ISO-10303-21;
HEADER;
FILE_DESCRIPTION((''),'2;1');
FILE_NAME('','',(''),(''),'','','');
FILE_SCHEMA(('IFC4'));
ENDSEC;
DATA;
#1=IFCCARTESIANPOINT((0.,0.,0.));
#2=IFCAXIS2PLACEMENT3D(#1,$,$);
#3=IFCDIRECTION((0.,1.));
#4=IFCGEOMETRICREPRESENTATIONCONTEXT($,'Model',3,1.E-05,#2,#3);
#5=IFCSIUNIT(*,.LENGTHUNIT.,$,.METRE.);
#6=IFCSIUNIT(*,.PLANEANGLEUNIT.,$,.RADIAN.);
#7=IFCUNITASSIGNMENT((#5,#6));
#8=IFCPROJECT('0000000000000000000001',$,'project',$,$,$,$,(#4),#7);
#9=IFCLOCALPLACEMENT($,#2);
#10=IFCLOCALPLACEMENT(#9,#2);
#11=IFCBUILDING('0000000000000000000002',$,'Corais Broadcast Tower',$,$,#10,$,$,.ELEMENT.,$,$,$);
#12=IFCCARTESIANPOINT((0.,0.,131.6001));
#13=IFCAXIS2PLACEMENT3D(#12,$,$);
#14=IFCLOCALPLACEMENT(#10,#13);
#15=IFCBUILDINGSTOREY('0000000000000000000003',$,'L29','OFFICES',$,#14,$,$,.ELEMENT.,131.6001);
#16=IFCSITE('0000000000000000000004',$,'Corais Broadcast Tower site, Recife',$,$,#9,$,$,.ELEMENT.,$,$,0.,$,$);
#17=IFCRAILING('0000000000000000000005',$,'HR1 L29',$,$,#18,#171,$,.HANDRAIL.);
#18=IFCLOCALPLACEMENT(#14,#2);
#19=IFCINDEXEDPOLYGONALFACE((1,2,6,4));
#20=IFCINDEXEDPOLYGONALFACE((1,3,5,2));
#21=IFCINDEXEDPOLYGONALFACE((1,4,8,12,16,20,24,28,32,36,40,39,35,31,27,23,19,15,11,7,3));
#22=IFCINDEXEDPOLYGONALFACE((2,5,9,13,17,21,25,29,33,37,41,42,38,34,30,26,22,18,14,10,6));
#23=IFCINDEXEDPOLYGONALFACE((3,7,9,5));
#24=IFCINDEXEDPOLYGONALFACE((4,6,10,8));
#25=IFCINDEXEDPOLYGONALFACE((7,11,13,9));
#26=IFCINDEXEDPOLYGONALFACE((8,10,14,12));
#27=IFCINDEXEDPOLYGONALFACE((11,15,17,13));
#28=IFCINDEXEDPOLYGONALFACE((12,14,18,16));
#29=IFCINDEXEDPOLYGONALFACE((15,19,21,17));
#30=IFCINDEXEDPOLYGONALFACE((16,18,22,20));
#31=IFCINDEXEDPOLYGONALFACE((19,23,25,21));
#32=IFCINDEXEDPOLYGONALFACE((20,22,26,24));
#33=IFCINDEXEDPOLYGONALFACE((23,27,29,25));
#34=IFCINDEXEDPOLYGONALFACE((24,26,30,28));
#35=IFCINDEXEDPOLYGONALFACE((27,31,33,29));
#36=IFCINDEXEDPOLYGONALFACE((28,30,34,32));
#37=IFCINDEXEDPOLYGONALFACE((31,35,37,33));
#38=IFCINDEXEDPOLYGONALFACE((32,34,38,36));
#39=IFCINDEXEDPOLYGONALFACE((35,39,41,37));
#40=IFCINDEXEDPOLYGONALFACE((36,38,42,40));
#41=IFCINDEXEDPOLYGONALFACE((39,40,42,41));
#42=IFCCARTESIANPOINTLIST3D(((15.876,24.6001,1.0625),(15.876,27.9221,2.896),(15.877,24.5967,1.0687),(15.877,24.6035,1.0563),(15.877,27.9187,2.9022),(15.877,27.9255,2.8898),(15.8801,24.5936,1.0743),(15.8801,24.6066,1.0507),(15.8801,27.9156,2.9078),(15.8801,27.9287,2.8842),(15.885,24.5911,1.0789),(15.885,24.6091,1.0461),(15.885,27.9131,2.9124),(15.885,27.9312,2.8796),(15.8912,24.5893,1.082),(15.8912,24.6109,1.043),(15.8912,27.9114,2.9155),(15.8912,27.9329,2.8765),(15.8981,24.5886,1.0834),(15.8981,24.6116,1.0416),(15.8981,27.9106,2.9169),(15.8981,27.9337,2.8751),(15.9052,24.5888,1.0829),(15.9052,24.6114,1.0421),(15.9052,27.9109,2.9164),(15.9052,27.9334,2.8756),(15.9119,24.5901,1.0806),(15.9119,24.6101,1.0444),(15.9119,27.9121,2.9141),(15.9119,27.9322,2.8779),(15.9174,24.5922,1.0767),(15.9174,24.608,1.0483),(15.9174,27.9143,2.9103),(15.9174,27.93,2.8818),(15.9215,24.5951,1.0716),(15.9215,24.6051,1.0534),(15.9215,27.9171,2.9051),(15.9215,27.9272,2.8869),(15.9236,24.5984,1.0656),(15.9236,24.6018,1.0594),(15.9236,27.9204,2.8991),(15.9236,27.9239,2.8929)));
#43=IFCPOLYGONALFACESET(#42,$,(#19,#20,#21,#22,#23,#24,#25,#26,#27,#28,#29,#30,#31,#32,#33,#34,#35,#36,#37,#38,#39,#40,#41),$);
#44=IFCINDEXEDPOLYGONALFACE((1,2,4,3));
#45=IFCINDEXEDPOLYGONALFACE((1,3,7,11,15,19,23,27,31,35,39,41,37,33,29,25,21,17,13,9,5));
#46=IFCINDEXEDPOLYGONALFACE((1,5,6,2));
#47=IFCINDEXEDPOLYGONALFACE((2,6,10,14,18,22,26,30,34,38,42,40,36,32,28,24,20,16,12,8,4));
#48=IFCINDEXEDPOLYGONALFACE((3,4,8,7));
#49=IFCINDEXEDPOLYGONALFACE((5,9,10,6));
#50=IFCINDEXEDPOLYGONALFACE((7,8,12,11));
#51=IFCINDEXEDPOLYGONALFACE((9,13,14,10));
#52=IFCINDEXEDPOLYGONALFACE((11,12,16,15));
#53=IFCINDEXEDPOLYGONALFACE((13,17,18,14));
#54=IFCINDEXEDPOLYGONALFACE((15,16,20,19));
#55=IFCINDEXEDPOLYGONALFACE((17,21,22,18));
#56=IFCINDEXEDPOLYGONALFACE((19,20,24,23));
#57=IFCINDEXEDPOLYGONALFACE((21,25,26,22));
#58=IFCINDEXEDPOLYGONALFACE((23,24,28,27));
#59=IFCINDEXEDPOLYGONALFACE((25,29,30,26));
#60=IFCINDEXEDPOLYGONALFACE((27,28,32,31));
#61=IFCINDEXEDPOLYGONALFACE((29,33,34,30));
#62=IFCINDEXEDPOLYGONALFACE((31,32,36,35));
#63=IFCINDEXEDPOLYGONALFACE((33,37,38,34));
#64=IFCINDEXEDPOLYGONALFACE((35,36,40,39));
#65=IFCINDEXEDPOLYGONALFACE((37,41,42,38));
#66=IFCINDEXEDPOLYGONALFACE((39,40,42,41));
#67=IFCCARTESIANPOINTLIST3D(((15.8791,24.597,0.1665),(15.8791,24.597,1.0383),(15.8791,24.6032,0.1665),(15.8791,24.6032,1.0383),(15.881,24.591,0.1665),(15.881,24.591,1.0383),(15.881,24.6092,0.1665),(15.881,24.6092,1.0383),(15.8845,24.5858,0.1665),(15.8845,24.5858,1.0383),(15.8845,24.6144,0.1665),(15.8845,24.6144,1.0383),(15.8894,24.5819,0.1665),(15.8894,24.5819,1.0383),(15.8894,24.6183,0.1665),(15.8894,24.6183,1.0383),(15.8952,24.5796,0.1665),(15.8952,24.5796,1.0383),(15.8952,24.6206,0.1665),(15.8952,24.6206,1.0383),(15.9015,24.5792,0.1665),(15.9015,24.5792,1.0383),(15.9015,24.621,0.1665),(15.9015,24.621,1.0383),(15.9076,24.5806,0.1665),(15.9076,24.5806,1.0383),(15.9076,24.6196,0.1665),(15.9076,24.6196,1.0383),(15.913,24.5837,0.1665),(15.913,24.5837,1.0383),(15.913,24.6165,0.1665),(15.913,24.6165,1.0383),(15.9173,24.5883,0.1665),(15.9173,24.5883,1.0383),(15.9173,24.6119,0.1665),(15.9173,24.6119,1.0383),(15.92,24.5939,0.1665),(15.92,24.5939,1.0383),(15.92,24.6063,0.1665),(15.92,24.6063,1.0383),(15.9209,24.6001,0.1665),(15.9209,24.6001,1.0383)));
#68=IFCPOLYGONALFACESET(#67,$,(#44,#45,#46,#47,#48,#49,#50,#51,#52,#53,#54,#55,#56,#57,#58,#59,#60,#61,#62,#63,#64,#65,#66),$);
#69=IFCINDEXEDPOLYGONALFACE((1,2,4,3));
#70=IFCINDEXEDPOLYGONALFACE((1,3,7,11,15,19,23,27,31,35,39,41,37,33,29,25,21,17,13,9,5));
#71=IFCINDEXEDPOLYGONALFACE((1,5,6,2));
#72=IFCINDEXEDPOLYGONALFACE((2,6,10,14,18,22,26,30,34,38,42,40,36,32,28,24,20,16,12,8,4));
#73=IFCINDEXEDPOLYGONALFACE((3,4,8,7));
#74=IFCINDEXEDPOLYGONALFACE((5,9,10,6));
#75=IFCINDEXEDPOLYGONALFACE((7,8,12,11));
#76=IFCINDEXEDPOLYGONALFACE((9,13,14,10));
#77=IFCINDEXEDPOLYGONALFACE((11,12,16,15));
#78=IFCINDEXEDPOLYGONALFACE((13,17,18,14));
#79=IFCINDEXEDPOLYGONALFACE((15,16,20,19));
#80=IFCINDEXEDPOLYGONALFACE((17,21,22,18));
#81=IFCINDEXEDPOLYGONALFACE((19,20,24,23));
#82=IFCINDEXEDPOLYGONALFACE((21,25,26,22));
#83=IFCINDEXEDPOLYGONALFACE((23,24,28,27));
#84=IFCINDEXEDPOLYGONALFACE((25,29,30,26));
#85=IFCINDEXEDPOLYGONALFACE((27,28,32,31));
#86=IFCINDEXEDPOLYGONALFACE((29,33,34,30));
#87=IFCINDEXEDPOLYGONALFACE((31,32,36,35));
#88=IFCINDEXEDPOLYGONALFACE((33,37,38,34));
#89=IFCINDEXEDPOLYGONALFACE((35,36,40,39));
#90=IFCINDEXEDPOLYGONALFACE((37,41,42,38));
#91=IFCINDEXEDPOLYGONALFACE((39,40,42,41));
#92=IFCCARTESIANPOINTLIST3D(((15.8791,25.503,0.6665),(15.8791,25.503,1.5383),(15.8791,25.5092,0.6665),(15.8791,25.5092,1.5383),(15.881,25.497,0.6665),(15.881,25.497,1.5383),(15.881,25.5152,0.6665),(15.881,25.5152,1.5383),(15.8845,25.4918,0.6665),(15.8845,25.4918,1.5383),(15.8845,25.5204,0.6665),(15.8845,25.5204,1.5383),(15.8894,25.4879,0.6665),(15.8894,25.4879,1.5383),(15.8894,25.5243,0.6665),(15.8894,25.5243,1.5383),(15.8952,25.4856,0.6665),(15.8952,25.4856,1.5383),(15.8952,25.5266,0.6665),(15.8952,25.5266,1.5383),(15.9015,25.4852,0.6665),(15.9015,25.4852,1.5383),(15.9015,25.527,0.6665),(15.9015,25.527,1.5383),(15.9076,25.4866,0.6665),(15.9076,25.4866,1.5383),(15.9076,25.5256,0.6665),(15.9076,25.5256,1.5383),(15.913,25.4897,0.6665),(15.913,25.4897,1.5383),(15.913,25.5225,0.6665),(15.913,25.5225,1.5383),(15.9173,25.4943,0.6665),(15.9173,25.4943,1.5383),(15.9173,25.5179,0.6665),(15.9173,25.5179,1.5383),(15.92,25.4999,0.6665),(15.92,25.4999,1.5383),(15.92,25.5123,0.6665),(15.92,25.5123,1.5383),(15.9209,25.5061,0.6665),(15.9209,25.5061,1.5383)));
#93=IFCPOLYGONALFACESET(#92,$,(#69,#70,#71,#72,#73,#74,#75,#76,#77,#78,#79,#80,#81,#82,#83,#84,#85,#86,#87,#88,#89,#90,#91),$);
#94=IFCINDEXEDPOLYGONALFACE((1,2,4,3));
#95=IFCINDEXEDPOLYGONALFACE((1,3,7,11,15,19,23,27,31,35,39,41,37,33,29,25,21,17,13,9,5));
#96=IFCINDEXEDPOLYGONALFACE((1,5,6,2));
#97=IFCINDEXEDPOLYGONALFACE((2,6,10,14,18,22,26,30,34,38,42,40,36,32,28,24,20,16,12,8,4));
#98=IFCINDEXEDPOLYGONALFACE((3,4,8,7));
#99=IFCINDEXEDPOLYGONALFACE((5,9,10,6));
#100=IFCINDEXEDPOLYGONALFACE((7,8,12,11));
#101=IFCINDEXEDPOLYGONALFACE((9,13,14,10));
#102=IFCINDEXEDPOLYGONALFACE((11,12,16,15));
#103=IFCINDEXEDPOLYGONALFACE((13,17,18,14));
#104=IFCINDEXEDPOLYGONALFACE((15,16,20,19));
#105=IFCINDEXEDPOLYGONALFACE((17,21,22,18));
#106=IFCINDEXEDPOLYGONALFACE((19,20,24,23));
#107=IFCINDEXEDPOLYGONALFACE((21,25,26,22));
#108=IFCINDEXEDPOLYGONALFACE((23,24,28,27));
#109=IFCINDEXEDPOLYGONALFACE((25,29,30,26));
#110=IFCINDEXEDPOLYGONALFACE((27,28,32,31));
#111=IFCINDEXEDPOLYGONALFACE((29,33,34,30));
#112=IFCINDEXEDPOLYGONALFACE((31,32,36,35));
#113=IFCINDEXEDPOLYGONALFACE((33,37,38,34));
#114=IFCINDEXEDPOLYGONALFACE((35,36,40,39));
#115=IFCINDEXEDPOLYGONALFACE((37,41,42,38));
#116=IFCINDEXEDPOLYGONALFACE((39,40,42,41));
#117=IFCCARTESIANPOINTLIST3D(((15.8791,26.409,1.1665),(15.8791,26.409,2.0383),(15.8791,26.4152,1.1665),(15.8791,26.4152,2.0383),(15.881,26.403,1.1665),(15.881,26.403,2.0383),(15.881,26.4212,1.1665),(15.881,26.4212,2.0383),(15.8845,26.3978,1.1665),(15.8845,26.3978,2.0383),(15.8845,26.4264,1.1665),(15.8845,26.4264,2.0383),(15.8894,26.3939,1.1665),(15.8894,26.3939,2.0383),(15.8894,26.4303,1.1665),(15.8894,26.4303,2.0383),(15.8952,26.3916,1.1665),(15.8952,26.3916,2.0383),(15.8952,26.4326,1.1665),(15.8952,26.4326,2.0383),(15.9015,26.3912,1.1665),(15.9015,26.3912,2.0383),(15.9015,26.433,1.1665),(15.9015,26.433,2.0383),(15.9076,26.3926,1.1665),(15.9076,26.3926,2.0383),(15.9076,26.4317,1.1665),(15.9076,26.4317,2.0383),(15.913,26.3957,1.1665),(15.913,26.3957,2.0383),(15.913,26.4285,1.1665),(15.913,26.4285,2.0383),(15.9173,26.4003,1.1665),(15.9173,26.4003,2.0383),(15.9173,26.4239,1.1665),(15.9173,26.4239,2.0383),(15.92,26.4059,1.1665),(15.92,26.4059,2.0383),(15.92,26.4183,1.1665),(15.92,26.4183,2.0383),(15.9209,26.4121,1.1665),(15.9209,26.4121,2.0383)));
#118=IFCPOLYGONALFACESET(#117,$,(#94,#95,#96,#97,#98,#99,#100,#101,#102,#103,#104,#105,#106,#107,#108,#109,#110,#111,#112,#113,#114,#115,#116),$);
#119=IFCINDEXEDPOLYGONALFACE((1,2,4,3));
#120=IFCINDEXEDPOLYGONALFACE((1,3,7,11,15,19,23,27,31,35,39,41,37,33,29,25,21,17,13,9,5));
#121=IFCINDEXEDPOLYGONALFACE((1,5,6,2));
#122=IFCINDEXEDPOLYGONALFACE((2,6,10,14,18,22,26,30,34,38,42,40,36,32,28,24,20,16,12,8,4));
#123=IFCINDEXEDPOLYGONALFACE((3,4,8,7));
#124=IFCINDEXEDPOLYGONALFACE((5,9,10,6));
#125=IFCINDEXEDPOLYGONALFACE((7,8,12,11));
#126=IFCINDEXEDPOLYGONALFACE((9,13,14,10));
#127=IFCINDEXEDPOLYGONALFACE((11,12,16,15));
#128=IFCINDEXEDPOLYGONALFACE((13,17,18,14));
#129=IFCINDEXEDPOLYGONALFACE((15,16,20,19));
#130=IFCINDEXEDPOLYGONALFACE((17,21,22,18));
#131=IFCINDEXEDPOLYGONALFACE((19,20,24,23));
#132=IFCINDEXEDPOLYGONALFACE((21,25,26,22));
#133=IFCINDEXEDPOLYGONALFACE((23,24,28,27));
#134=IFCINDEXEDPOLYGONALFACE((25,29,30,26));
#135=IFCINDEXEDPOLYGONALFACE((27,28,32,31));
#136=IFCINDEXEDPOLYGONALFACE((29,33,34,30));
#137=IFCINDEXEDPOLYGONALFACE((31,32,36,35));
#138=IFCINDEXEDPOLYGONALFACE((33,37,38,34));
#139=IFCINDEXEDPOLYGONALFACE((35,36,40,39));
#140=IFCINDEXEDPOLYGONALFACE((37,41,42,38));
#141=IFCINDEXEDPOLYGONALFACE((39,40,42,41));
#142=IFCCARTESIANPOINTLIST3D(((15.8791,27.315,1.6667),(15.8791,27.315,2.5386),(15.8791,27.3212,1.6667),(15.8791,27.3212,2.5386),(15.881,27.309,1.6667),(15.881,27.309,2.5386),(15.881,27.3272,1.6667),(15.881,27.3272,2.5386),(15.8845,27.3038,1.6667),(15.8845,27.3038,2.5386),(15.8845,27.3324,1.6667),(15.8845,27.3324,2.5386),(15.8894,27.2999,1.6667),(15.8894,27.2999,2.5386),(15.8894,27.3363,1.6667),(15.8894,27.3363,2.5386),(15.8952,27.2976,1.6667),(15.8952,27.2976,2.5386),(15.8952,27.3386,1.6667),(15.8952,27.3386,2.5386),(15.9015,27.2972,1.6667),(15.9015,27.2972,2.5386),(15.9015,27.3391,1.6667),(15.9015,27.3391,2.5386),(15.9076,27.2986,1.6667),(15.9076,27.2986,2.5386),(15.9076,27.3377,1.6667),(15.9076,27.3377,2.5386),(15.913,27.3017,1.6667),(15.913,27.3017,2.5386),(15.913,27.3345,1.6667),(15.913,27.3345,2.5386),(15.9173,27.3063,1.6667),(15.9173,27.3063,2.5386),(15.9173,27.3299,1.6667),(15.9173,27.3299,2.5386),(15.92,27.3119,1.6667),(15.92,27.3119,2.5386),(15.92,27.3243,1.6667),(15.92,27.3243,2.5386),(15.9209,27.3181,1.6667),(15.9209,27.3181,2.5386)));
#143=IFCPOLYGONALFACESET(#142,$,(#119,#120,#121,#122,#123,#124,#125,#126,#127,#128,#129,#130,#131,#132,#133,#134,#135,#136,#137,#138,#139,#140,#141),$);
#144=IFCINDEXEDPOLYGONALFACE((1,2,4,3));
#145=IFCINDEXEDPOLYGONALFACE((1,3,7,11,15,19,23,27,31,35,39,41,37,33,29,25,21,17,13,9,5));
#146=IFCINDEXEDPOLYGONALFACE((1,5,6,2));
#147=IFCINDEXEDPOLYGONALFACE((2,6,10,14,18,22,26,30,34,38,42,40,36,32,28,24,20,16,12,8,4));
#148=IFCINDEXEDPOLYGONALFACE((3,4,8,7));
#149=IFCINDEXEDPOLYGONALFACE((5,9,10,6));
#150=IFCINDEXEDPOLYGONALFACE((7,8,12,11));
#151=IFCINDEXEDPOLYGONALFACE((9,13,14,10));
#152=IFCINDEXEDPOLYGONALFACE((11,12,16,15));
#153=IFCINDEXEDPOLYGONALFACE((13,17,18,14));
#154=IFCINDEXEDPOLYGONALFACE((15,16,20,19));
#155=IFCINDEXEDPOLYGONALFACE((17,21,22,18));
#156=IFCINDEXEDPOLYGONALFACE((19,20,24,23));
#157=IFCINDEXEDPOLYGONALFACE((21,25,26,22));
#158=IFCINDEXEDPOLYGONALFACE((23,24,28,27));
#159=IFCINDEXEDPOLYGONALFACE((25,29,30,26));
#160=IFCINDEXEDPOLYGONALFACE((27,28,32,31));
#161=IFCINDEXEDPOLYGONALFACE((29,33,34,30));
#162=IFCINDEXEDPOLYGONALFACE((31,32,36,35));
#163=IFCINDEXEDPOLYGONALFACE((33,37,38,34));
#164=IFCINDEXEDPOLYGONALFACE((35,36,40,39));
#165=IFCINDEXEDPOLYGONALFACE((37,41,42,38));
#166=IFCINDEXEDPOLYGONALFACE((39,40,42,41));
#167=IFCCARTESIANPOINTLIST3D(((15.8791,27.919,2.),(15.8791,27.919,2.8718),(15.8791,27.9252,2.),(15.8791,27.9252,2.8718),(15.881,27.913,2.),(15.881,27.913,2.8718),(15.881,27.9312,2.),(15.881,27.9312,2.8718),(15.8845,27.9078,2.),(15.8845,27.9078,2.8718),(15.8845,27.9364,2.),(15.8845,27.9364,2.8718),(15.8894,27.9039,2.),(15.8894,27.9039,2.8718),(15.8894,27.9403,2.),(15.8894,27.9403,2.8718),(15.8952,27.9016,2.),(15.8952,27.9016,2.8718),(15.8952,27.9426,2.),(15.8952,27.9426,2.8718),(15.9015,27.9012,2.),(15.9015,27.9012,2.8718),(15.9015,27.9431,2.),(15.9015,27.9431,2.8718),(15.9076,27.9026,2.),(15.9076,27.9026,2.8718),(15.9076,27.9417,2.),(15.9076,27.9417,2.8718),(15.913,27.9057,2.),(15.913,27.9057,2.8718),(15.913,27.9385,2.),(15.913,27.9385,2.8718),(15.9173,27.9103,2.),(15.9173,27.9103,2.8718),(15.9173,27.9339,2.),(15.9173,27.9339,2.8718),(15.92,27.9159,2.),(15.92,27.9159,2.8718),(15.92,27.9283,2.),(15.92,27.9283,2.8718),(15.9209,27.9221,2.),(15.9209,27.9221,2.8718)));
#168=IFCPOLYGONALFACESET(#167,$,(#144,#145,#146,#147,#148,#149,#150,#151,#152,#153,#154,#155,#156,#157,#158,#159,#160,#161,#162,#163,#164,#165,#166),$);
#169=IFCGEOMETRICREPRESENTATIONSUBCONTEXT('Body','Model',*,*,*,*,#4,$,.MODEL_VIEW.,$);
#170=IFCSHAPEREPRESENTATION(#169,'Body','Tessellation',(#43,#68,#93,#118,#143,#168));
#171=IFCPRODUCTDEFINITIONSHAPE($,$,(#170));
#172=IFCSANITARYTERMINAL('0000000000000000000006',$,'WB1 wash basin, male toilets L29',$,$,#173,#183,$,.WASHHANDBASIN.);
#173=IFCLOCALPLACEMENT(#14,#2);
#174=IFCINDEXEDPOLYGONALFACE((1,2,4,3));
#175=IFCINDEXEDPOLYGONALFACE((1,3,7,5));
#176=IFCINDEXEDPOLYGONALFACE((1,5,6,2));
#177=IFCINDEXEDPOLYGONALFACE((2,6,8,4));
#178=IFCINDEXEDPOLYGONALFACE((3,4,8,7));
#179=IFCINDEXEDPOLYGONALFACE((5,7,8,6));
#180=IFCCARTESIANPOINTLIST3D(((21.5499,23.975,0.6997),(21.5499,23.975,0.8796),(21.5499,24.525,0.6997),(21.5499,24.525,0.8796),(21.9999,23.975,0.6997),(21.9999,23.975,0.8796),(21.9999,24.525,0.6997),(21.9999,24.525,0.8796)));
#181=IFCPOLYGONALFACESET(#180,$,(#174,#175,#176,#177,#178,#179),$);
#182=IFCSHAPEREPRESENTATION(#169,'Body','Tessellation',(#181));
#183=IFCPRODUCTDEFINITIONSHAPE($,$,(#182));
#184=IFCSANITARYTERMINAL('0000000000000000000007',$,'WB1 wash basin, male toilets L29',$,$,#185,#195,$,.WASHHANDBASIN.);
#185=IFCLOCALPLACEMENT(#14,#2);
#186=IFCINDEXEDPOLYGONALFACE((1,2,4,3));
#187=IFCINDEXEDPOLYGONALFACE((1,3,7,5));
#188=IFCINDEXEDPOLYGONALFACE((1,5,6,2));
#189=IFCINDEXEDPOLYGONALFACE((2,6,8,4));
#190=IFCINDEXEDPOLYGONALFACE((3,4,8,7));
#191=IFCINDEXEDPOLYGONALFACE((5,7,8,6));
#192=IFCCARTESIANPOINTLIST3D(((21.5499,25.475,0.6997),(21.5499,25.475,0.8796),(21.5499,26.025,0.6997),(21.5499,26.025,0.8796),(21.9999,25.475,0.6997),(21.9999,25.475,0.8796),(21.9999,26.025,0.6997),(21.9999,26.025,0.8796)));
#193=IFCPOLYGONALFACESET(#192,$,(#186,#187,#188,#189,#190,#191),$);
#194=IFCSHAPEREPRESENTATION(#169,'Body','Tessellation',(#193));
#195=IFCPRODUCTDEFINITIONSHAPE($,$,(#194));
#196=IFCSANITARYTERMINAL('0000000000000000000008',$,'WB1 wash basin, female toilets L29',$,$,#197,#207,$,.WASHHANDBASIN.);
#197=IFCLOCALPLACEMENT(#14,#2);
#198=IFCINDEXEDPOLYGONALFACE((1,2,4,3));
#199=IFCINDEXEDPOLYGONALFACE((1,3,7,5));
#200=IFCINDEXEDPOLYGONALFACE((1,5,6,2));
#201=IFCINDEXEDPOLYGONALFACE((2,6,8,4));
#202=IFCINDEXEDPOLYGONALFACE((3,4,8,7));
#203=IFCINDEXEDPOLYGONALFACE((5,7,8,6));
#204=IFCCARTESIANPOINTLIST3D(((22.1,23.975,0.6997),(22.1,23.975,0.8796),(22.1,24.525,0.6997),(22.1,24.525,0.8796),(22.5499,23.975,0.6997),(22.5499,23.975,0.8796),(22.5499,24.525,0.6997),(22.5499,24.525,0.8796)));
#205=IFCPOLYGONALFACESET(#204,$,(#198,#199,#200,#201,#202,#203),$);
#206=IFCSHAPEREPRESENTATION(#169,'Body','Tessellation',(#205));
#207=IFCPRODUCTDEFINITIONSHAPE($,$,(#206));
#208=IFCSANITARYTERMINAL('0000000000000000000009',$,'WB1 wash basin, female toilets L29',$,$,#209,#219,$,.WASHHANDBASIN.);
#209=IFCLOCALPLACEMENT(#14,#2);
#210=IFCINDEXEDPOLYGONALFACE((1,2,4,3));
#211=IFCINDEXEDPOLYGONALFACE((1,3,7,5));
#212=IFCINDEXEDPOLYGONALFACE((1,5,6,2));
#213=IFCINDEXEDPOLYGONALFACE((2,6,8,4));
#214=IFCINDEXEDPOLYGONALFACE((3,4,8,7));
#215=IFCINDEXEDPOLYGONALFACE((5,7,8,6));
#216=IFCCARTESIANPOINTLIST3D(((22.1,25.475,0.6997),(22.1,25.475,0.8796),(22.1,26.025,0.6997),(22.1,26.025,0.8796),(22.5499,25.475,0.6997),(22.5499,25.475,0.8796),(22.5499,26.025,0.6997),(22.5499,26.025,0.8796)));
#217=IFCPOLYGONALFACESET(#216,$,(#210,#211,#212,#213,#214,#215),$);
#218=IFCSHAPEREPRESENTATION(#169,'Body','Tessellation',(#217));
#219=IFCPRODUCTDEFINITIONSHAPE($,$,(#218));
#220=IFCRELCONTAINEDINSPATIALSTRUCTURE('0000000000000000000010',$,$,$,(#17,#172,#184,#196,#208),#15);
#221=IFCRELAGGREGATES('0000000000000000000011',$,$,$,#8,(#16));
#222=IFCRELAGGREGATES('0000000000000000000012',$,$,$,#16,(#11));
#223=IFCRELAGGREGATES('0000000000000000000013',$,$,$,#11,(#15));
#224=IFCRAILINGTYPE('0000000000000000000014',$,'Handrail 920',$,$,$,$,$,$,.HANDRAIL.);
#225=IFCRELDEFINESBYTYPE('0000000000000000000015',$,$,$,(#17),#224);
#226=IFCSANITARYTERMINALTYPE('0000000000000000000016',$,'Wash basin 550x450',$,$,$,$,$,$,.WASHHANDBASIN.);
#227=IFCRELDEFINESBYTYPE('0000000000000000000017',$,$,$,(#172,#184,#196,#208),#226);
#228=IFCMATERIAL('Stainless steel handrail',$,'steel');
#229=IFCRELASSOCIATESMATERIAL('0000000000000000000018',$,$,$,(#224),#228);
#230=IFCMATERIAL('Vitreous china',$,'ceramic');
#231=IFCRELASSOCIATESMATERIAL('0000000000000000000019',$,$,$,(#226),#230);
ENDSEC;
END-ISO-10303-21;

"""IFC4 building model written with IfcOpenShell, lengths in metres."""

from ifc_helpers import new_model, si_unit, direction, frame, origin, origin_2d, place, context, subcontext, project, spatial, rectangle, circle, extrude, material, type_object, element, save


model = new_model("IFC4")

# Units and contexts
model_context = context("Model", 3, precision=1e-05, world=origin(), true_north=direction((0.0, 1.0)))
body_context = subcontext(model_context, "Body", "Model", "MODEL_VIEW")
ifc_project = project(units=[si_unit("LENGTHUNIT", "METRE"), si_unit("PLANEANGLEUNIT", "RADIAN")], contexts=[model_context])

# Site, building, storey
site_placement = place(None, origin())
site = spatial("IfcSite", under=ifc_project, at=site_placement, Name="Corais Broadcast Tower site, Recife", CompositionType="ELEMENT", RefElevation=0.0)
building_placement = place(site_placement, origin())
building = spatial("IfcBuilding", under=site, at=building_placement, Name="Corais Broadcast Tower", CompositionType="ELEMENT")
storey_placement = place(building_placement, frame((0.0, 0.0, 131.6001)))
storey = spatial("IfcBuildingStorey", under=building, at=storey_placement, Name="L29", Description="OFFICES", CompositionType="ELEMENT", Elevation=131.6001)

# Railing
ifc_material_1 = material(Name="Stainless steel handrail", Category="steel")
railing_type = type_object("IfcRailingType", Name="Handrail 920", PredefinedType="HANDRAIL", material=ifc_material_1)
for number, where, name in (
    (1, (15.8999, 24.6001, 0.1665), "HR1 L29"),
):
    element("IfcRailing", number, at=place(storey_placement, frame(where)), inside=storey, type_object=railing_type, Name=name, PredefinedType="HANDRAIL", context=body_context, shape_type="SweptSolid", body=[
        extrude(circle(Radius=0.0239, at=origin_2d()), frame((0.0, 0.0, 0.896), z_axis=(0.0, 0.875504, 0.48321), x_axis=(-1.0, 0.0, 0.0)), (0.0, 0.0, 1.0), 3.7944),
        extrude(circle(Radius=0.021, at=origin_2d()), origin(), (0.0, 0.0, 1.0), 0.8718),
        extrude(circle(Radius=0.021, at=origin_2d()), frame((0.0, 0.906, 0.5)), (0.0, 0.0, 1.0), 0.8718),
        extrude(circle(Radius=0.021, at=origin_2d()), frame((0.0, 1.812, 1.0)), (0.0, 0.0, 1.0), 0.8718),
        extrude(circle(Radius=0.021, at=origin_2d()), frame((0.0, 2.718, 1.5002)), (0.0, 0.0, 1.0), 0.8718),
        extrude(circle(Radius=0.021, at=origin_2d()), frame((0.0, 3.322, 1.8335)), (0.0, 0.0, 1.0), 0.8718),
    ])

# Sanitary terminals
ifc_material_2 = material(Name="Vitreous china", Category="ceramic")
sanitary_terminal_type = type_object("IfcSanitaryTerminalType", Name="Wash basin 550x450", PredefinedType="WASHHANDBASIN", material=ifc_material_2)
for number, where, z_axis, x_axis, name in (
    (2, (21.7749, 24.25, 0.6997), (0.0, 0.0, 1.0), (1.0, 0.0, 0.0), "WB1 wash basin, male toilets L29"),
    (3, (21.7749, 25.75, 0.6997), (0.0, 0.0, 1.0), (1.0, 0.0, 0.0), "WB1 wash basin, male toilets L29"),
    (4, (22.325, 24.25, 0.6997), (0.0, 0.0, 1.0), (1.0, 0.0, 0.0), "WB1 wash basin, female toilets L29"),
    (5, (22.325, 25.75, 0.6997), (0.0, 0.0, 1.0), (1.0, 0.0, 0.0), "WB1 wash basin, female toilets L29"),
):
    element("IfcSanitaryTerminal", number, at=place(storey_placement, frame(where, z_axis=z_axis, x_axis=x_axis)), inside=storey, type_object=sanitary_terminal_type, Name=name, PredefinedType="WASHHANDBASIN", context=body_context, shape_type="SweptSolid", body=[
        extrude(rectangle(XDim=0.45, YDim=0.55, at=origin_2d()), origin(), (0.0, 0.0, 1.0), 0.1799),
    ])

save(model, "model.ifc")
